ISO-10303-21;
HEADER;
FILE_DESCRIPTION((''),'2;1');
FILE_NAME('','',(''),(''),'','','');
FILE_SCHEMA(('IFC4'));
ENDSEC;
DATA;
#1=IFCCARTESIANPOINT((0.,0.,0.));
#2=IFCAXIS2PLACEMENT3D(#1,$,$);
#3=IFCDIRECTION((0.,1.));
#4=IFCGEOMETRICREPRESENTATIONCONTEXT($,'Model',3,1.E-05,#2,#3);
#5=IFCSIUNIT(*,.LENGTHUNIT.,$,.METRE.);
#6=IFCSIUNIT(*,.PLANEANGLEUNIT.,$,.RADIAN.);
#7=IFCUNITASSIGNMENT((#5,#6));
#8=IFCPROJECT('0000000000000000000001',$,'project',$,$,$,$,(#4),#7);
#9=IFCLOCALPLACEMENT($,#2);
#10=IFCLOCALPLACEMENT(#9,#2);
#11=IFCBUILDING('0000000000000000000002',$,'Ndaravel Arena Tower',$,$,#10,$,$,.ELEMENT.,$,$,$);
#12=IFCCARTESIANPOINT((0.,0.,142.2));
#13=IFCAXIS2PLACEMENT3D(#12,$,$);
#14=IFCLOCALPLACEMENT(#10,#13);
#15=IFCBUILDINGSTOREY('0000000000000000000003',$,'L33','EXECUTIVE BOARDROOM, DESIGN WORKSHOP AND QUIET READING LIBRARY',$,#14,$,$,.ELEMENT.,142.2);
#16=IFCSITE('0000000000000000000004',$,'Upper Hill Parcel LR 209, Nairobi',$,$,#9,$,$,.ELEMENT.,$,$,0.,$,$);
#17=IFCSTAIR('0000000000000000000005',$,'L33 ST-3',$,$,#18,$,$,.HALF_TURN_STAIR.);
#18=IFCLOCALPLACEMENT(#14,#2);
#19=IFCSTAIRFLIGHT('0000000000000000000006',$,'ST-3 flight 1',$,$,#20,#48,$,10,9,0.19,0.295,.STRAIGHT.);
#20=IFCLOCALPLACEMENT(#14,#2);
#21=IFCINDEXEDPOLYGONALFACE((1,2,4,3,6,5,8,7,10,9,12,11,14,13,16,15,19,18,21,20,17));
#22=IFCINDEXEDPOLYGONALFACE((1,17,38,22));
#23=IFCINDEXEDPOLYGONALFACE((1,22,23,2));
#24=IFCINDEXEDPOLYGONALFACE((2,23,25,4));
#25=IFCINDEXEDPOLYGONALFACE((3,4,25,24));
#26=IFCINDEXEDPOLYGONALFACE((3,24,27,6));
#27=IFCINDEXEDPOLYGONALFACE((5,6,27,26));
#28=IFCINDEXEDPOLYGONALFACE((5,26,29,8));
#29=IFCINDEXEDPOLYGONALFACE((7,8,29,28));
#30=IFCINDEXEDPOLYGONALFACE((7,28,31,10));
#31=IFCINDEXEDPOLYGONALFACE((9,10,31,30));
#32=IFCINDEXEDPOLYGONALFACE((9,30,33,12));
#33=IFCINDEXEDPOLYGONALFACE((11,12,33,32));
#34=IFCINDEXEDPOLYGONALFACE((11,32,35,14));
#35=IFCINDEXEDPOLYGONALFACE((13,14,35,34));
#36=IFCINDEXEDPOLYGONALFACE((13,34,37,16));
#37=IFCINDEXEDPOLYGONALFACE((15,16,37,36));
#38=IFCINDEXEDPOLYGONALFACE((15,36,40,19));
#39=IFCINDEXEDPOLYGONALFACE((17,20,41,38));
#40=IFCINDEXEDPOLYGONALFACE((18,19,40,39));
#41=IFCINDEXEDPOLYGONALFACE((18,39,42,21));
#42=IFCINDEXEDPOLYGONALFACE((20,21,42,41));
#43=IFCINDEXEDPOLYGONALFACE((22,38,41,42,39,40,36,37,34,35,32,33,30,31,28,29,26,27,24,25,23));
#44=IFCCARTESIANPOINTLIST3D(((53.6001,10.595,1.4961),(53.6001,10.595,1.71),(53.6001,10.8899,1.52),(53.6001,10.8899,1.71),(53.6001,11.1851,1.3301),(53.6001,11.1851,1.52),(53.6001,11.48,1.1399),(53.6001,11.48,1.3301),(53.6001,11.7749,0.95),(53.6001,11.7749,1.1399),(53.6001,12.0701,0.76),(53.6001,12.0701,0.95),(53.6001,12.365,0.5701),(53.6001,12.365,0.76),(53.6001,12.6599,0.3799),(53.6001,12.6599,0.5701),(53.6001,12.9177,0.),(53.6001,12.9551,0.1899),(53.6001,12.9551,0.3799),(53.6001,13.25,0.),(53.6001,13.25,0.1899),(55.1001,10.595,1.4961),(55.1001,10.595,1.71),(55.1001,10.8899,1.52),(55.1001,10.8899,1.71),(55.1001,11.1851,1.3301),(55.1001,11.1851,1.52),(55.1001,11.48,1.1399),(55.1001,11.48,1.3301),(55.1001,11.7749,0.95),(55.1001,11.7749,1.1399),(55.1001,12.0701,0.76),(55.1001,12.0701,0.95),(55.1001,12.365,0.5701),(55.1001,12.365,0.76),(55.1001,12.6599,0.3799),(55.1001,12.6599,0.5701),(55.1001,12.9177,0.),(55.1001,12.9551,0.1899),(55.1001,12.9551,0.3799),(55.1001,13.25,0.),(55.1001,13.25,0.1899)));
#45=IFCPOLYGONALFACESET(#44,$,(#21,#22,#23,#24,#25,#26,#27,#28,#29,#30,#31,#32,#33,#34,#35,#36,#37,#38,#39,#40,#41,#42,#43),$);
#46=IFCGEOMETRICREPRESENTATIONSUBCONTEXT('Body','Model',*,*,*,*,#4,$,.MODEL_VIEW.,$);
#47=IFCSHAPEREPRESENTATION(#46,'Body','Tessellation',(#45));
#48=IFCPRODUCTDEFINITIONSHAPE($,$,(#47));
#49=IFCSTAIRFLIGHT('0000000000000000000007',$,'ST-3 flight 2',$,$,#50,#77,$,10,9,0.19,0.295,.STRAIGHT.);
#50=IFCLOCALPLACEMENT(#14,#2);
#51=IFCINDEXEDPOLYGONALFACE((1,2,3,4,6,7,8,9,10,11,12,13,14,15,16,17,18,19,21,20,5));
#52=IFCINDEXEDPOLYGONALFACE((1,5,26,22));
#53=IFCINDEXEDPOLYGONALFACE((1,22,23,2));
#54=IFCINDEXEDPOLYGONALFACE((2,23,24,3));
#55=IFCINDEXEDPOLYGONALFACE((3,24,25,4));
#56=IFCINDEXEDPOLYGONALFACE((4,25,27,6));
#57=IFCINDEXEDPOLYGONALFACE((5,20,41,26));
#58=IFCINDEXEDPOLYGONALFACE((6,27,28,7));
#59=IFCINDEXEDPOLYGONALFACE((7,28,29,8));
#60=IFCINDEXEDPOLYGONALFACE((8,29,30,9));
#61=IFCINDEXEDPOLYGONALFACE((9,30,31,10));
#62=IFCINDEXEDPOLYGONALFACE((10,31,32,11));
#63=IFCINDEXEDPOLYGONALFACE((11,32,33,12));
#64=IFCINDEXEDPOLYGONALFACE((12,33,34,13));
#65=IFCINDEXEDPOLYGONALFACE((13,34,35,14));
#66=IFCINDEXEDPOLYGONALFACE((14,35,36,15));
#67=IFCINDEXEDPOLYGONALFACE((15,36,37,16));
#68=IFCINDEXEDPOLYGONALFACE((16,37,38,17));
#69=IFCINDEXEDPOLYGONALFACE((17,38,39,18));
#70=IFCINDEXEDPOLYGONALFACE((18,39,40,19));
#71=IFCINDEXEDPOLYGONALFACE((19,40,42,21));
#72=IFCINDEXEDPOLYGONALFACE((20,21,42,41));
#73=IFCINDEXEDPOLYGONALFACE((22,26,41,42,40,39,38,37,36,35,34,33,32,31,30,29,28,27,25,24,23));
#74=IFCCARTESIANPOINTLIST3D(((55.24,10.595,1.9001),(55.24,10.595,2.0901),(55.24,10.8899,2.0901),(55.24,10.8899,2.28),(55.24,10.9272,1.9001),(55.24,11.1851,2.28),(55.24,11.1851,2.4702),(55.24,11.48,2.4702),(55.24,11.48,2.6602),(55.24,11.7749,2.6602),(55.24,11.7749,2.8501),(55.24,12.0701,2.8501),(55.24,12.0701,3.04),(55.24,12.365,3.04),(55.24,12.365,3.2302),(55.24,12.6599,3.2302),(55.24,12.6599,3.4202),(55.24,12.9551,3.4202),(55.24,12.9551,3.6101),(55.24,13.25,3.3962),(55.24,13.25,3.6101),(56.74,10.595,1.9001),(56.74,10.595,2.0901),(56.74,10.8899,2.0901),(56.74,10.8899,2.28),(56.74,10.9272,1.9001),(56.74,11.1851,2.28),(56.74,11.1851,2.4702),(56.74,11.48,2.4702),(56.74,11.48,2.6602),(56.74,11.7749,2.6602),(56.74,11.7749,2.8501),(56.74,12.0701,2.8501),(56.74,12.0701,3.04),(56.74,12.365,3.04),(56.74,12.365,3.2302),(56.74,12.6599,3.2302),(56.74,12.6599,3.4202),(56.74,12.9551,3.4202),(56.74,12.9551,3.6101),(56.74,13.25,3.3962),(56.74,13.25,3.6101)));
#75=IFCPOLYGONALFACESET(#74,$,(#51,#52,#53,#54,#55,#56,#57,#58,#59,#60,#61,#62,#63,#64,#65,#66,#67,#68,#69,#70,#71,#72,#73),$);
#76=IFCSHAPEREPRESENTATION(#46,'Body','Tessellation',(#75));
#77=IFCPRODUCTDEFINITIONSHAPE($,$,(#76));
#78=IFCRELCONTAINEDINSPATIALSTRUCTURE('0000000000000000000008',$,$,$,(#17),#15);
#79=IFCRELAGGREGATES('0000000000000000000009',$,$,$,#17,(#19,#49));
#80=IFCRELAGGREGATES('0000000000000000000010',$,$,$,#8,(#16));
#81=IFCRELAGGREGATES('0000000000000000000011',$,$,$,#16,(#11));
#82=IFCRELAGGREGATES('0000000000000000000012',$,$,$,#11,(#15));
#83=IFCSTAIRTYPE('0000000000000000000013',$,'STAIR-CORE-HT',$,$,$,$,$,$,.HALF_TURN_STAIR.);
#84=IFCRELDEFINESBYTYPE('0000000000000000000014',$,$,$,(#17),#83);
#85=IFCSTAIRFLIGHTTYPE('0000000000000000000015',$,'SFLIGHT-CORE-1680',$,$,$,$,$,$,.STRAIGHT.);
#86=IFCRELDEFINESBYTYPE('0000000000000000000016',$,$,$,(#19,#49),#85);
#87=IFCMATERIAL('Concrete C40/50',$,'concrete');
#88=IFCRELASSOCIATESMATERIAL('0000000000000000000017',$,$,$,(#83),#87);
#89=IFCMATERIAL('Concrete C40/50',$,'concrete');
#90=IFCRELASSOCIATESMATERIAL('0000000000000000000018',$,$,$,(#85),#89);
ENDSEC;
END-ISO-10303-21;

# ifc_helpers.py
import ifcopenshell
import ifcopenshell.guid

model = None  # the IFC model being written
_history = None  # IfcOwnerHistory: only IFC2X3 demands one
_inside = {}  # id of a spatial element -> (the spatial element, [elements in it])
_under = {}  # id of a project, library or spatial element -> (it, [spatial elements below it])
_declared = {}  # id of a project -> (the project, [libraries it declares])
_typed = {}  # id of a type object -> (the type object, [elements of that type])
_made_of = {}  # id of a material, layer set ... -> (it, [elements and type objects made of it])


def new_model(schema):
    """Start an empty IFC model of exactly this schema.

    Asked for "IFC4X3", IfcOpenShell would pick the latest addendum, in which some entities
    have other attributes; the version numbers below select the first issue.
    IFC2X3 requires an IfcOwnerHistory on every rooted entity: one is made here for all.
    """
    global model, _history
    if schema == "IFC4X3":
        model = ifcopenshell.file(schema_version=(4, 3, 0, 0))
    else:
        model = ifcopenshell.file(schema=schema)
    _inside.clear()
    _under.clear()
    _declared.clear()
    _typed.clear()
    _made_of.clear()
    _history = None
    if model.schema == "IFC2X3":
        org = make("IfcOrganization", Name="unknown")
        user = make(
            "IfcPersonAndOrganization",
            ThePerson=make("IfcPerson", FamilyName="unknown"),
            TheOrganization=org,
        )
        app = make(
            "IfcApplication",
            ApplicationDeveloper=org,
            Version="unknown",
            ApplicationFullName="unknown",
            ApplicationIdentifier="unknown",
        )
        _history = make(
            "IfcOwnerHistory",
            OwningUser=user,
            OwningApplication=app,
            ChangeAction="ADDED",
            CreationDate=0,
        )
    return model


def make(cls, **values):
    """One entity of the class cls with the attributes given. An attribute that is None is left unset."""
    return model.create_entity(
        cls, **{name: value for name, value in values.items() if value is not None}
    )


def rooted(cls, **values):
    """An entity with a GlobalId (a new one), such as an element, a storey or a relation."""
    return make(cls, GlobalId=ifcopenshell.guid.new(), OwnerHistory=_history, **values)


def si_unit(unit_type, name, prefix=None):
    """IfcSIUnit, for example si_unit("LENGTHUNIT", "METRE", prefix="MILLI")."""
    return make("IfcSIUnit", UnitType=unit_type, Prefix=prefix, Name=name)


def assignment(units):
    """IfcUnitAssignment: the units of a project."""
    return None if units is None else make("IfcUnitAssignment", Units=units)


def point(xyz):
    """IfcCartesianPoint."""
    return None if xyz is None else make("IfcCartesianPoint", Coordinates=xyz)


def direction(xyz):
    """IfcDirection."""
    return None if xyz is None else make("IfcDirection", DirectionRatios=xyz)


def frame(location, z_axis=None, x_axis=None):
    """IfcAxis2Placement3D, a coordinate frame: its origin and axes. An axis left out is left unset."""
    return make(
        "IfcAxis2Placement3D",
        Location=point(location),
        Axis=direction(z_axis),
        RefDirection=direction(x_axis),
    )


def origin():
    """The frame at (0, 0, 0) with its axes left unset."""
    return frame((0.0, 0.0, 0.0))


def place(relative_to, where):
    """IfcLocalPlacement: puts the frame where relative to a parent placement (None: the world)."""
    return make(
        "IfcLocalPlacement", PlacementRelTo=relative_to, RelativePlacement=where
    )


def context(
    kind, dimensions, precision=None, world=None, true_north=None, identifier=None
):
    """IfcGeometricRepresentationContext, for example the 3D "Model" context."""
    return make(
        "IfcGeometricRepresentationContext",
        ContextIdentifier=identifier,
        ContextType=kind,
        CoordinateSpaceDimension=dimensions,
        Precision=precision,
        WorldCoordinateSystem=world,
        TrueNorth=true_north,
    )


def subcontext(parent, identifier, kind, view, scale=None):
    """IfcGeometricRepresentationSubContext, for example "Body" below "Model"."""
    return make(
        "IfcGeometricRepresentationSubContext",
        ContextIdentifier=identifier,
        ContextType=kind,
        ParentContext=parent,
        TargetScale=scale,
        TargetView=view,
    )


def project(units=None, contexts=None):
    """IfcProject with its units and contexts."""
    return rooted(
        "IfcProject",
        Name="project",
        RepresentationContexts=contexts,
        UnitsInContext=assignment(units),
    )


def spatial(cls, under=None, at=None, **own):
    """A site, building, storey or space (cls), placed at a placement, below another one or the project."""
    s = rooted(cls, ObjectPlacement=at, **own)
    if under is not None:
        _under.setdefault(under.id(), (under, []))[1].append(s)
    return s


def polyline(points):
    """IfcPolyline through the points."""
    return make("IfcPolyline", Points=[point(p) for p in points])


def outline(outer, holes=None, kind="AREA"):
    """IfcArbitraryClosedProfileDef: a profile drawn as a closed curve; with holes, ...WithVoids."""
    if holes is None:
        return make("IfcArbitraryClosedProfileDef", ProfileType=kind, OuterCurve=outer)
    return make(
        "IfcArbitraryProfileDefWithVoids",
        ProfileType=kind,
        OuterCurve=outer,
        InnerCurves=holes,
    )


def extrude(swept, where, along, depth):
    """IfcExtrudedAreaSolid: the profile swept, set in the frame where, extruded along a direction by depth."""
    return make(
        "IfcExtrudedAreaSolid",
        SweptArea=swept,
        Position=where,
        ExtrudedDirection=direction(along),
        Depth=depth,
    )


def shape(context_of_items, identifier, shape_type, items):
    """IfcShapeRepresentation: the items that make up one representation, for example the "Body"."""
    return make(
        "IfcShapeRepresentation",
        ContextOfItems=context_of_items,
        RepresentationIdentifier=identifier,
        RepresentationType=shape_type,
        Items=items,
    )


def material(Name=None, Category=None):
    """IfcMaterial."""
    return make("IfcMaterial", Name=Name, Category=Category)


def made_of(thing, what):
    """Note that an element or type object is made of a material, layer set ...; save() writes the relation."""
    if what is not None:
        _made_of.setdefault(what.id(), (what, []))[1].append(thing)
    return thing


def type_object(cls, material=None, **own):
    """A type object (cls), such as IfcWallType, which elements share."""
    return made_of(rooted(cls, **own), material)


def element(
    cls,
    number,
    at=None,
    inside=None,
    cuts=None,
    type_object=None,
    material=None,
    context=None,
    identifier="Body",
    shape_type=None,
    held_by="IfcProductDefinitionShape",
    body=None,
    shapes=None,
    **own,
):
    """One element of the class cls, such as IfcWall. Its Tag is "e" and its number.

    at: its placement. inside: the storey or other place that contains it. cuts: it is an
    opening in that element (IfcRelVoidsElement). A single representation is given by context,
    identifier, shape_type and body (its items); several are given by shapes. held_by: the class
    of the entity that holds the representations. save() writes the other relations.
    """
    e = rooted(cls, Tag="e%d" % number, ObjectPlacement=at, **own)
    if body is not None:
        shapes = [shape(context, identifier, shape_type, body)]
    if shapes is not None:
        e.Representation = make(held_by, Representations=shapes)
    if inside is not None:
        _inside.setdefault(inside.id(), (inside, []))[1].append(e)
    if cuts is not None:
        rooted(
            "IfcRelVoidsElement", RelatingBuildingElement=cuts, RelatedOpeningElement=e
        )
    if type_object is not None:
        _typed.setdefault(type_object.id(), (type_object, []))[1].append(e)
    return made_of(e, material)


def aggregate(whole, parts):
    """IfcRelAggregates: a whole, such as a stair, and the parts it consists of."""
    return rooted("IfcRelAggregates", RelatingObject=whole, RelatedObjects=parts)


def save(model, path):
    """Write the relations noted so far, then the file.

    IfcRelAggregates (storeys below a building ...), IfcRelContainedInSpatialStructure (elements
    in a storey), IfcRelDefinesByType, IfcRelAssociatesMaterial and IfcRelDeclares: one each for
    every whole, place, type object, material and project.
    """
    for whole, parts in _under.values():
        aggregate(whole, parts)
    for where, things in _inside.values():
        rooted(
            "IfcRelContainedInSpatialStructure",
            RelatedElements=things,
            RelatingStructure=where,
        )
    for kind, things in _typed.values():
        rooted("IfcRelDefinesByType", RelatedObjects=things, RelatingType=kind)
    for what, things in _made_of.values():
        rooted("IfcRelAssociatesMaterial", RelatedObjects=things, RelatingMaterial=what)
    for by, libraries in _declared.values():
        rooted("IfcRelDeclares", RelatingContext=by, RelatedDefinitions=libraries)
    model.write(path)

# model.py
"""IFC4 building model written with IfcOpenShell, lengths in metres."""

from ifc_helpers import new_model, si_unit, direction, frame, origin, place, context, subcontext, project, spatial, polyline, outline, extrude, material, type_object, element, aggregate, save


model = new_model("IFC4")

# Units and contexts
model_context = context("Model", 3, precision=1e-05, world=origin(), true_north=direction((0.0, 1.0)))
body_context = subcontext(model_context, "Body", "Model", "MODEL_VIEW")
ifc_project = project(units=[si_unit("LENGTHUNIT", "METRE"), si_unit("PLANEANGLEUNIT", "RADIAN")], contexts=[model_context])

# Site, building, storey
site_placement = place(None, origin())
site = spatial("IfcSite", under=ifc_project, at=site_placement, Name="Upper Hill Parcel LR 209, Nairobi", CompositionType="ELEMENT", RefElevation=0.0)
building_placement = place(site_placement, origin())
building = spatial("IfcBuilding", under=site, at=building_placement, Name="Ndaravel Arena Tower", CompositionType="ELEMENT")
storey_placement = place(building_placement, frame((0.0, 0.0, 142.2)))
storey = spatial("IfcBuildingStorey", under=building, at=storey_placement, Name="L33", Description="EXECUTIVE BOARDROOM, DESIGN WORKSHOP AND QUIET READING LIBRARY", CompositionType="ELEMENT", Elevation=142.2)

# Stair, stair flights
ifc_material_1 = material(Name="Concrete C40/50", Category="concrete")
stair_type = type_object("IfcStairType", Name="STAIR-CORE-HT", PredefinedType="HALF_TURN_STAIR", material=ifc_material_1)
stair_placement = place(storey_placement, origin())
stair = element("IfcStair", 1, at=stair_placement, inside=storey, type_object=stair_type, Name="L33 ST-3", PredefinedType="HALF_TURN_STAIR")
ifc_material_2 = material(Name="Concrete C40/50", Category="concrete")
stair_flight_type = type_object("IfcStairFlightType", Name="SFLIGHT-CORE-1680", PredefinedType="STRAIGHT", material=ifc_material_2)
stair_flight_1_placement = place(storey_placement, frame((54.3501, 13.25, 0.0), z_axis=(0.0, 0.0, 1.0), x_axis=(0.0, -1.0, 0.0)))
stair_flight_1 = element("IfcStairFlight", 2, at=stair_flight_1_placement, type_object=stair_flight_type, Name="ST-3 flight 1", NumberOfRisers=10, NumberOfTreads=9, PredefinedType="STRAIGHT", RiserHeight=0.19, TreadLength=0.295, context=body_context, shape_type="SweptSolid", body=[
    extrude(outline(polyline([(0.0, 0.0), (0.0, 0.1899), (0.2949, 0.1899), (0.2949, 0.3799), (0.5901, 0.3799), (0.5901, 0.5701), (0.885, 0.5701), (0.885, 0.76), (1.1799, 0.76), (1.1799, 0.95), (1.4751, 0.95), (1.4751, 1.1399), (1.77, 1.1399), (1.77, 1.3301), (2.0649, 1.3301), (2.0649, 1.52), (2.3601, 1.52), (2.3601, 1.71), (2.655, 1.71), (2.655, 1.8999), (2.655, 1.4961), (0.3323, 0.0), (0.0, 0.0)])), frame((0.0, 0.75, 0.0), z_axis=(0.0, -1.0, 0.0), x_axis=(1.0, 0.0, 0.0)), (0.0, 0.0, 1.0), 1.5),
])
stair_flight_2_placement = place(storey_placement, frame((55.99, 10.595, 1.9001), z_axis=(0.0, 0.0, 1.0), x_axis=(0.0, 1.0, 0.0)))
stair_flight_2 = element("IfcStairFlight", 3, at=stair_flight_2_placement, type_object=stair_flight_type, Name="ST-3 flight 2", NumberOfRisers=10, NumberOfTreads=9, PredefinedType="STRAIGHT", RiserHeight=0.19, TreadLength=0.295, context=body_context, shape_type="SweptSolid", body=[
    extrude(outline(polyline([(0.0, 0.0), (0.0, 0.1899), (0.2949, 0.1899), (0.2949, 0.3799), (0.5901, 0.3799), (0.5901, 0.5701), (0.885, 0.5701), (0.885, 0.76), (1.1799, 0.76), (1.1799, 0.95), (1.4751, 0.95), (1.4751, 1.1399), (1.77, 1.1399), (1.77, 1.3301), (2.0649, 1.3301), (2.0649, 1.52), (2.3601, 1.52), (2.3601, 1.71), (2.655, 1.71), (2.655, 1.8999), (2.655, 1.4961), (0.3323, 0.0), (0.0, 0.0)])), frame((0.0, 0.75, 0.0), z_axis=(0.0, -1.0, 0.0), x_axis=(1.0, 0.0, 0.0)), (0.0, 0.0, 1.0), 1.5),
])
aggregate(stair, [stair_flight_1, stair_flight_2])

save(model, "model.ifc")
